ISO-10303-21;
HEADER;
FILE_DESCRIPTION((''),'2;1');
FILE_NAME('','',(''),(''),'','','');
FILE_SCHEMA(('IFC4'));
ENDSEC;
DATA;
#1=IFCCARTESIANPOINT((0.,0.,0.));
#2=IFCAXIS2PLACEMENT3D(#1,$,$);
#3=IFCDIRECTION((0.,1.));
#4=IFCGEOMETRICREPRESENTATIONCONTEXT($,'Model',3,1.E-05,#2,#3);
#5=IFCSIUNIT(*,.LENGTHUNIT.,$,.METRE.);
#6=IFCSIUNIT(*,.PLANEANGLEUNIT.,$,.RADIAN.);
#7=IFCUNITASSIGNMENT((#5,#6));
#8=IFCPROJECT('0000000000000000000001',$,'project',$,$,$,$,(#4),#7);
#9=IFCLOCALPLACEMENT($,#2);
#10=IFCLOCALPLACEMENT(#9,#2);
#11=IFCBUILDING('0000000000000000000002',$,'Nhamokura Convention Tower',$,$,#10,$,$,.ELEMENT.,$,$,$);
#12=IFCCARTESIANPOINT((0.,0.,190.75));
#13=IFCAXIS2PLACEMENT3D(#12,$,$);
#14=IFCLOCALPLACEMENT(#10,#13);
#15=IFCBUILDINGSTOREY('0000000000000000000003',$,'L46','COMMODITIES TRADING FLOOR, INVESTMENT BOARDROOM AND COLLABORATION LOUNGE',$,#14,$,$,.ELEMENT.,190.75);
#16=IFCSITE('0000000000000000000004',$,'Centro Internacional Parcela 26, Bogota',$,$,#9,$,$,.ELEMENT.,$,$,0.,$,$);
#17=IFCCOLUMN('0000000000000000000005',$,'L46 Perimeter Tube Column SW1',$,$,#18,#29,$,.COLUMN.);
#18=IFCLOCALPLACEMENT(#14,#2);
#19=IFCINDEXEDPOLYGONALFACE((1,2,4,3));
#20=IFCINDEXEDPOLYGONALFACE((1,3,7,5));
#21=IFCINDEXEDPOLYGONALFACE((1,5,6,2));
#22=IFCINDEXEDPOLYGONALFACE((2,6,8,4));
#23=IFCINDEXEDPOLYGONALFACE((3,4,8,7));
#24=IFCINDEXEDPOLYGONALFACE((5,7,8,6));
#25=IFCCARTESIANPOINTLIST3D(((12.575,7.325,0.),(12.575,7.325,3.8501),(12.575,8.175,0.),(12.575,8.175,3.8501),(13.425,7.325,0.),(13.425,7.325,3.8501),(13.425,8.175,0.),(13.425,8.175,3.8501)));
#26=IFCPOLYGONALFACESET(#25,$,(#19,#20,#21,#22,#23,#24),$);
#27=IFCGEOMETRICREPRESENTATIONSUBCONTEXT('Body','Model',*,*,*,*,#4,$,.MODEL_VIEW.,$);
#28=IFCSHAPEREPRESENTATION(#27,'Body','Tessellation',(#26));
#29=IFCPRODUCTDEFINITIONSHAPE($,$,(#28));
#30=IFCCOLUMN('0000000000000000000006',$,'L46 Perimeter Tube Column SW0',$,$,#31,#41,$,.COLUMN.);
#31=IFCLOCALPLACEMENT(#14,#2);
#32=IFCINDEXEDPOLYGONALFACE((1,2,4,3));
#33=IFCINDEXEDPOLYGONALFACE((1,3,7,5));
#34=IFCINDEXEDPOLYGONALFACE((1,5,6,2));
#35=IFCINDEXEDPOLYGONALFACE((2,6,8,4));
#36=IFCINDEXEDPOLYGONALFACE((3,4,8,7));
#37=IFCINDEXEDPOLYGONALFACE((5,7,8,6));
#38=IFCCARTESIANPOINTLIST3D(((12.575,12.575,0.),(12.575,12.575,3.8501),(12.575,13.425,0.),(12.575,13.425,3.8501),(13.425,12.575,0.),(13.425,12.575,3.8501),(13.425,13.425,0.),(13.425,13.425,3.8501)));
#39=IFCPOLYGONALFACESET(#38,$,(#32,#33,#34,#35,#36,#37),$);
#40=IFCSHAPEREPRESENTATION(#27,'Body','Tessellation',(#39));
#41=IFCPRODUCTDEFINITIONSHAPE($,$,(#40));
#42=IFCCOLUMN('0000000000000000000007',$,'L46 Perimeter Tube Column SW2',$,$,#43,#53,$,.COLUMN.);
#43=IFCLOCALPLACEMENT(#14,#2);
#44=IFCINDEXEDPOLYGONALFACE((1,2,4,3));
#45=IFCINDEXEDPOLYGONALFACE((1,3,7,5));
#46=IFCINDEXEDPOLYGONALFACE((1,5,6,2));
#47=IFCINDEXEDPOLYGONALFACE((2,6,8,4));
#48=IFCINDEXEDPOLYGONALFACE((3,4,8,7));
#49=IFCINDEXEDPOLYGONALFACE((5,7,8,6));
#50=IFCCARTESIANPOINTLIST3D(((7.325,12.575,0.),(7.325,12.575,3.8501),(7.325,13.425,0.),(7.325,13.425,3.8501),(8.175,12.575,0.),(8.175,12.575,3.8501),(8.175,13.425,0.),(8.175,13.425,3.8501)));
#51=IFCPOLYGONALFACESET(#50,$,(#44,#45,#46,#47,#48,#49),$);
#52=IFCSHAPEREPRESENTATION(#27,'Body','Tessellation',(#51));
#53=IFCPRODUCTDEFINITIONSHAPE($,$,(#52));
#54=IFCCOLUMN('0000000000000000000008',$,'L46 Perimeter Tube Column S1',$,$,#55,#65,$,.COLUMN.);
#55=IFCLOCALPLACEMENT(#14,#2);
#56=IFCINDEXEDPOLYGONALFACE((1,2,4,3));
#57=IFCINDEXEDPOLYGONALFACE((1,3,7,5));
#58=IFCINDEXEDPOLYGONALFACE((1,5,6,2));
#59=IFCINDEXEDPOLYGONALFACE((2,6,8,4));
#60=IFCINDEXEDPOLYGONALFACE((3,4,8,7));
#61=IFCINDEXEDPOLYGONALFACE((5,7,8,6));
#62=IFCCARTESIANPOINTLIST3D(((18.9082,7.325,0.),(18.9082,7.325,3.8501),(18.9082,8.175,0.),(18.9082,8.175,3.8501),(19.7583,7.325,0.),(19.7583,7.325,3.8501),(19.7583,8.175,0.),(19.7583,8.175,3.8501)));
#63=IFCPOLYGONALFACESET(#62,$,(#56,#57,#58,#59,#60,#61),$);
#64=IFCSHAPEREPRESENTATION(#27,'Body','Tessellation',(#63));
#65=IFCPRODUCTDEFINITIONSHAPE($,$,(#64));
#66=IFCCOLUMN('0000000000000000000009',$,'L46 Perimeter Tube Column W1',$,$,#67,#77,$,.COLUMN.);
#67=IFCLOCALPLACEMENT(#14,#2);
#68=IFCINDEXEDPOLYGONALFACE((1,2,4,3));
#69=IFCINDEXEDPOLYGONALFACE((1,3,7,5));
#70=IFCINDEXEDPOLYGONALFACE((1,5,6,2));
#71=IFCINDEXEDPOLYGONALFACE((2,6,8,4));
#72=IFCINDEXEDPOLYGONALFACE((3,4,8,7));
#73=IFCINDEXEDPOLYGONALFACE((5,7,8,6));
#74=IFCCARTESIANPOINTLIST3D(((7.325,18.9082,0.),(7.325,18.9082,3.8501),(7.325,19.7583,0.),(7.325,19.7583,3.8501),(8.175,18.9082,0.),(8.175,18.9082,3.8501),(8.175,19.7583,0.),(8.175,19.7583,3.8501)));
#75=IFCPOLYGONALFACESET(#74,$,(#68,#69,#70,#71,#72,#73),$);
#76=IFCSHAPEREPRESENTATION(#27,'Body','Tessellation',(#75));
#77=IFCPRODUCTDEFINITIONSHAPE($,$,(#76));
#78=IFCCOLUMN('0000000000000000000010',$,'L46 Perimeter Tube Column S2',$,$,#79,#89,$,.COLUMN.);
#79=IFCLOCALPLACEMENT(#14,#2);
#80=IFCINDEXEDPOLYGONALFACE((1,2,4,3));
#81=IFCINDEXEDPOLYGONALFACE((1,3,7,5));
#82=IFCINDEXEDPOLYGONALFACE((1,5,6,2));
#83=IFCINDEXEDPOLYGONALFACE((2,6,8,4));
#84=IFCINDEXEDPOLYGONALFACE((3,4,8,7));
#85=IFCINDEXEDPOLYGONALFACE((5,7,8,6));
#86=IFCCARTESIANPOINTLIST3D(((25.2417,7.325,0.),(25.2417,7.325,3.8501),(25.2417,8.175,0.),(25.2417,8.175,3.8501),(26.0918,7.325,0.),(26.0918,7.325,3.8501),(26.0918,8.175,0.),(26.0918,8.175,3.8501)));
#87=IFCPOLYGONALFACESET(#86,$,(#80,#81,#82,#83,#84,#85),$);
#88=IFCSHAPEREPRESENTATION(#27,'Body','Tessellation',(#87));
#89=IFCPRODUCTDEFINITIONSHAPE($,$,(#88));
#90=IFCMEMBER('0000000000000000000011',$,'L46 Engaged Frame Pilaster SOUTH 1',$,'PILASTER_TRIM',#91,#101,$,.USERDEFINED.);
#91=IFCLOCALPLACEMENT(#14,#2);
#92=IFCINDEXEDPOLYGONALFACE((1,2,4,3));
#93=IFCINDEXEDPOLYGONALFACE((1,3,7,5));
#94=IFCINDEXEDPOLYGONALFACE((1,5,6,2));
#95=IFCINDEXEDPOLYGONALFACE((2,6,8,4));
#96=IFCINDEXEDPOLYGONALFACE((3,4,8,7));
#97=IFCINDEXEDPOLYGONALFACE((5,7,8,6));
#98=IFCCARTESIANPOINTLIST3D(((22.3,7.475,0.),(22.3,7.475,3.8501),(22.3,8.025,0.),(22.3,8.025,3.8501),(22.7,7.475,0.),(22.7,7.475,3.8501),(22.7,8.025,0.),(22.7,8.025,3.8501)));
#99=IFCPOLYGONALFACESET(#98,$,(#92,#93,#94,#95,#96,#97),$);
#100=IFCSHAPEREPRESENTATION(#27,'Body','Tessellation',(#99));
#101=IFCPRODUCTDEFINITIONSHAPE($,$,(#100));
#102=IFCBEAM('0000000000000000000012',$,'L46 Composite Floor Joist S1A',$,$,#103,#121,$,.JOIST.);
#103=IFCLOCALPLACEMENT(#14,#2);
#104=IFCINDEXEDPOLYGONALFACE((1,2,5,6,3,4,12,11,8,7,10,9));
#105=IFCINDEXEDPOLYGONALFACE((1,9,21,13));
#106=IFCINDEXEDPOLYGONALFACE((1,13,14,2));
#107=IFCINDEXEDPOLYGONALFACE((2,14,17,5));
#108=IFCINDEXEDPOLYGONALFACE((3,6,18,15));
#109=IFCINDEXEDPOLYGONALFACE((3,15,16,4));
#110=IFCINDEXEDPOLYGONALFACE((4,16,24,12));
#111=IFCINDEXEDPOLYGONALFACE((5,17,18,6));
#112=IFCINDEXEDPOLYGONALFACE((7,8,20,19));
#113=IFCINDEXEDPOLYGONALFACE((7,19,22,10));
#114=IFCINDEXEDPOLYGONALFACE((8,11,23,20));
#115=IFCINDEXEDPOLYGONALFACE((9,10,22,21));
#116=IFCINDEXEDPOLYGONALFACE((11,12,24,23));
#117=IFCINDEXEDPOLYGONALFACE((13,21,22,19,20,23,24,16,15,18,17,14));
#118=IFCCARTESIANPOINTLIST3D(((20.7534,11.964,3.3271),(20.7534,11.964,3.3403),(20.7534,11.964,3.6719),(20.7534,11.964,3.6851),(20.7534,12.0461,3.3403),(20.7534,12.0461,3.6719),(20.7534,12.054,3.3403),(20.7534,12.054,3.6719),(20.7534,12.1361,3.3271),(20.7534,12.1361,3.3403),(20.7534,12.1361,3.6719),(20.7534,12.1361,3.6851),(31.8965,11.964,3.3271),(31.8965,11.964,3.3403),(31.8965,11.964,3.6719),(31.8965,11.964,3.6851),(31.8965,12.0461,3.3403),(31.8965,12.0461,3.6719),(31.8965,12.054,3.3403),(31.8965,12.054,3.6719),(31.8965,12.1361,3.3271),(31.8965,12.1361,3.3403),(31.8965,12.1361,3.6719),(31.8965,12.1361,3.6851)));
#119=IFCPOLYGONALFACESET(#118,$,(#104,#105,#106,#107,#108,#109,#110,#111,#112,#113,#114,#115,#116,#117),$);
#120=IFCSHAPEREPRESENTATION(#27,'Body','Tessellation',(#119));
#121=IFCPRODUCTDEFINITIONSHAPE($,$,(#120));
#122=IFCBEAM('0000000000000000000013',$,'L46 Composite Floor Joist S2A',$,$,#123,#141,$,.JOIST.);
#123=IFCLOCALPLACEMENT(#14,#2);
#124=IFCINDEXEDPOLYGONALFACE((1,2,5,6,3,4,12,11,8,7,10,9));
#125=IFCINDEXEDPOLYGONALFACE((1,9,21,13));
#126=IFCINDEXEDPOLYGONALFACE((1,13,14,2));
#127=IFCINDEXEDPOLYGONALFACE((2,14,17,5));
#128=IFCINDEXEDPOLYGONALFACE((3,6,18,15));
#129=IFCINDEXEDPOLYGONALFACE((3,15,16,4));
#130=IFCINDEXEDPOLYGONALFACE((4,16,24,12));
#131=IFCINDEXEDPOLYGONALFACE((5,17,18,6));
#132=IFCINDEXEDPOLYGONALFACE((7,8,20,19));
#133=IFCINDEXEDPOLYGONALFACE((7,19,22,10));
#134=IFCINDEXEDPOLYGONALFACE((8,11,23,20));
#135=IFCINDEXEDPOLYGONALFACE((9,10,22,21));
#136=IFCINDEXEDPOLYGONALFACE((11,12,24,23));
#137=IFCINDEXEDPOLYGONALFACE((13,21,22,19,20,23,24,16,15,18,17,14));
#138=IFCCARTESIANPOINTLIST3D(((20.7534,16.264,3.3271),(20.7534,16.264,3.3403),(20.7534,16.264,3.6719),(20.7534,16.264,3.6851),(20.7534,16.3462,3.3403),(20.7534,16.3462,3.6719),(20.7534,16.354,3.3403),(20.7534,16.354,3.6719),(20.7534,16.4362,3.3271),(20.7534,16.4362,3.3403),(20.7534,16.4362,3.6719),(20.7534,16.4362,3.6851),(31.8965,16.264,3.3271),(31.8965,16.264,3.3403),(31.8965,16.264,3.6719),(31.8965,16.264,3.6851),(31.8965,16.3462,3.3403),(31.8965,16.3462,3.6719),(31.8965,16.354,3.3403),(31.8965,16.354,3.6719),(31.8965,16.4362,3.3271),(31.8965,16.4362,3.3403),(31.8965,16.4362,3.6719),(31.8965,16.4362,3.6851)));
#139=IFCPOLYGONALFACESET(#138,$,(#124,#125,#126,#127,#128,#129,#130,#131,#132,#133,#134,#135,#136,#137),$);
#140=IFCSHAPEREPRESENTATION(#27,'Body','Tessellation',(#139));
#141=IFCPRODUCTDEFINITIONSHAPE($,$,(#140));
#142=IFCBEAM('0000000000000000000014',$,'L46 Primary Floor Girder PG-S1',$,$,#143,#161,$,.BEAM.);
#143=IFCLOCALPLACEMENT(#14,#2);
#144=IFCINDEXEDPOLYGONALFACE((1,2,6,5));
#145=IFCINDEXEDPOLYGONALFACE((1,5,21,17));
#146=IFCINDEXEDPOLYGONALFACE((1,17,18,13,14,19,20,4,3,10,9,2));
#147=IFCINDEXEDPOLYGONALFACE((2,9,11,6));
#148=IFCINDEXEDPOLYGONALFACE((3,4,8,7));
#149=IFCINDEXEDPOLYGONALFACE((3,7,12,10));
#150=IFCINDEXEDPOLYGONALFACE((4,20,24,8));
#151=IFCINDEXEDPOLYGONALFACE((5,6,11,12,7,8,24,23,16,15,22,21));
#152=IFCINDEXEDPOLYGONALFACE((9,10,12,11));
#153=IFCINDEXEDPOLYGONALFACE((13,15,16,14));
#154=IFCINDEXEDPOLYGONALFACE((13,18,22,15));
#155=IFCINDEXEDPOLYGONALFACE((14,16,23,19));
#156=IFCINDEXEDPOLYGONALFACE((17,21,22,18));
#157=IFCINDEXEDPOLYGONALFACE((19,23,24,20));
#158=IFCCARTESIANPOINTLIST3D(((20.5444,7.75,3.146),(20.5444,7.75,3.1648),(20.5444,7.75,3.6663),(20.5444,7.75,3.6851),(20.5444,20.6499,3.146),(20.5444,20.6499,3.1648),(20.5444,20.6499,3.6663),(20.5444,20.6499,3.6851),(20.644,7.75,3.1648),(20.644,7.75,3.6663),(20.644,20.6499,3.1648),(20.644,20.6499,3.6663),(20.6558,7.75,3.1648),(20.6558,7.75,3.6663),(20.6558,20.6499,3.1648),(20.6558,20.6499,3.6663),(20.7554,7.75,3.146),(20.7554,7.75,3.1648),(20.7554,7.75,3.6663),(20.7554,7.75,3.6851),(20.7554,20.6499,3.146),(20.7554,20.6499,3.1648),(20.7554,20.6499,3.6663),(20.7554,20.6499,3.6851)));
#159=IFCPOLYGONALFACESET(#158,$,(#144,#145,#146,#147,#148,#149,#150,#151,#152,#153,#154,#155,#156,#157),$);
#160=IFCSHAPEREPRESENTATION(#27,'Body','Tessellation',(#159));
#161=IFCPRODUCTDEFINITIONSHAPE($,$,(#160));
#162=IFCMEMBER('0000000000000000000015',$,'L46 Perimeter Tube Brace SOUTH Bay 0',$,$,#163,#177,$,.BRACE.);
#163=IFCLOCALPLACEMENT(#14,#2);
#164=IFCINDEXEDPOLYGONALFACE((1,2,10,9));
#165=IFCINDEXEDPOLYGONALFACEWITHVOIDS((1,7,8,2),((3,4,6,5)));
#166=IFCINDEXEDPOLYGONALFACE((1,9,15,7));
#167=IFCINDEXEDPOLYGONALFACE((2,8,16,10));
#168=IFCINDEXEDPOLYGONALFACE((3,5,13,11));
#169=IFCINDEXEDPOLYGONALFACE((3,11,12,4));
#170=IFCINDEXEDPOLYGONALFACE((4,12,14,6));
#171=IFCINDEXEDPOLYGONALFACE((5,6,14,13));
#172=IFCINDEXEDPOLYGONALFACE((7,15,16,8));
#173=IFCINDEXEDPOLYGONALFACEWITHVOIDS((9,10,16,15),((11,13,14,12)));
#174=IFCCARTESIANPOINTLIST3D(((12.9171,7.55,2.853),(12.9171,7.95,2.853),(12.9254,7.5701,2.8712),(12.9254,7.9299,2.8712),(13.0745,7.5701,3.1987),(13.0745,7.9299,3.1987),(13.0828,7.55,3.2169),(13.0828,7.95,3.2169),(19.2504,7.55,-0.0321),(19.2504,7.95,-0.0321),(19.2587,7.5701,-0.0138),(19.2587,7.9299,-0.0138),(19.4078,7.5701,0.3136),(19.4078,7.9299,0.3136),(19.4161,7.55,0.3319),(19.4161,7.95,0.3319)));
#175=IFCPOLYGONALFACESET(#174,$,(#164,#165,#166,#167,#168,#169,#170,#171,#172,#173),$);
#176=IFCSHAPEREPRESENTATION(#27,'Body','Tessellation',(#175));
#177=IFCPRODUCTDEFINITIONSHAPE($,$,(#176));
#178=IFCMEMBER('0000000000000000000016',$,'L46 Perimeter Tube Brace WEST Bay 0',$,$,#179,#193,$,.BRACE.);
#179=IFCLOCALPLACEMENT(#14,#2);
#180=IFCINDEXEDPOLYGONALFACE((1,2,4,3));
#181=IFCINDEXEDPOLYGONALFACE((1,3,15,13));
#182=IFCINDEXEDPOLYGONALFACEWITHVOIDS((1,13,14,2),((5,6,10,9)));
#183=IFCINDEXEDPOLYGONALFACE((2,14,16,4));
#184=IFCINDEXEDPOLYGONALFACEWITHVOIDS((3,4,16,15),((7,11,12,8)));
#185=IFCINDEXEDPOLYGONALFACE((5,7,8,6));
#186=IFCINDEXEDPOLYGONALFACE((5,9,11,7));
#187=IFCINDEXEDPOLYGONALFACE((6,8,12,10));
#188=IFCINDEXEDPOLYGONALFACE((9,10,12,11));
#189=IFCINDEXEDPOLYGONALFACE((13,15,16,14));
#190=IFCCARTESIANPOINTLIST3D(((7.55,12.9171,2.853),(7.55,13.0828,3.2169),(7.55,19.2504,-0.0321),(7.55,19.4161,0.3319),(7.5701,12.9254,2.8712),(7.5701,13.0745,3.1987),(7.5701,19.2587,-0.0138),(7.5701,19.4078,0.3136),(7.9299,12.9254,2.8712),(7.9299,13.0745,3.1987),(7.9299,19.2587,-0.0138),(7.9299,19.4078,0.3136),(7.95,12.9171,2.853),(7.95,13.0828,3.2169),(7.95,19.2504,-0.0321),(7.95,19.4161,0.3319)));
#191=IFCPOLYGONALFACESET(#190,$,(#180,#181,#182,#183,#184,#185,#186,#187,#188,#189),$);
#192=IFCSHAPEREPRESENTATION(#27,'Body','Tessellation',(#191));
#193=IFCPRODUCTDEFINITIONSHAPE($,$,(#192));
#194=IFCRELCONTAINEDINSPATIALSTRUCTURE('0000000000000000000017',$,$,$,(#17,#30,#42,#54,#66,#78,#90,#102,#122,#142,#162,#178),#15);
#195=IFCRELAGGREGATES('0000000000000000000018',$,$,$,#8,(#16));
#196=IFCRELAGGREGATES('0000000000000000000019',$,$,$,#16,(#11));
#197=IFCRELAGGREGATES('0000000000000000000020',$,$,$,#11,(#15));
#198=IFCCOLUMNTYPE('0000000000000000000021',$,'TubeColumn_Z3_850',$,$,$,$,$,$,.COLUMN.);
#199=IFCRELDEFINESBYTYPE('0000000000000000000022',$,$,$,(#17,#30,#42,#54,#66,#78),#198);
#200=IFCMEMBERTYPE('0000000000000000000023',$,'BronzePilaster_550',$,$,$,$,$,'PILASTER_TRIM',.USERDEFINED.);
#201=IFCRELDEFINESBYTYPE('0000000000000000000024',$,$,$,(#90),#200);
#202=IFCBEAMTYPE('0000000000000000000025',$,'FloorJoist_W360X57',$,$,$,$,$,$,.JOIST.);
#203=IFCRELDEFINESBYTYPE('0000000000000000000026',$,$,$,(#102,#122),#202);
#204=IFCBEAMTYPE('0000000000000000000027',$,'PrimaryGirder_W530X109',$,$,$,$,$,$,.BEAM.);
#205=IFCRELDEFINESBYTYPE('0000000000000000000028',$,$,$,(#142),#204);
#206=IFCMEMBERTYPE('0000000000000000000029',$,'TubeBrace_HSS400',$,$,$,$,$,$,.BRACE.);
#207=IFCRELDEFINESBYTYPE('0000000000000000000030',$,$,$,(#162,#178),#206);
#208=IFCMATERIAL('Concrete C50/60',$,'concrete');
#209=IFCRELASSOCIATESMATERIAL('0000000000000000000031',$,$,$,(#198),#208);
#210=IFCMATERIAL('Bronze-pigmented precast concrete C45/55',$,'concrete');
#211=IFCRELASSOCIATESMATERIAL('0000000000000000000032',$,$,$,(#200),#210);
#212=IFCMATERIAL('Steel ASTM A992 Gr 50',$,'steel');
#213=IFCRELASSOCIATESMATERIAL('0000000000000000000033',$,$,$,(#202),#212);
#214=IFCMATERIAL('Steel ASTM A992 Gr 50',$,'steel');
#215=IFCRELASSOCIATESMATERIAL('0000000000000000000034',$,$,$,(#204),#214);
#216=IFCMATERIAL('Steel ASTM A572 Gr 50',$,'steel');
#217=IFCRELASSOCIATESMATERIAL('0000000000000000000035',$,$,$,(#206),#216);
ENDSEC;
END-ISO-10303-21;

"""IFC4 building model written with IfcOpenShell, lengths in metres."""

from ifc_helpers import new_model, si_unit, direction, frame, origin, origin_2d, place, context, subcontext, project, spatial, rectangle, hollow_rectangle, i_section, extrude, material, material_profile, profile_set, type_object, element, save


model = new_model("IFC4")

# Units and contexts
model_context = context("Model", 3, precision=1e-05, world=origin(), true_north=direction((0.0, 1.0)))
body_context = subcontext(model_context, "Body", "Model", "MODEL_VIEW")
ifc_project = project(units=[si_unit("LENGTHUNIT", "METRE"), si_unit("PLANEANGLEUNIT", "RADIAN")], contexts=[model_context])

# Site, building, storey
site_placement = place(None, origin())
site = spatial("IfcSite", under=ifc_project, at=site_placement, Name="Centro Internacional Parcela 26, Bogota", CompositionType="ELEMENT", RefElevation=0.0)
building_placement = place(site_placement, origin())
building = spatial("IfcBuilding", under=site, at=building_placement, Name="Nhamokura Convention Tower", CompositionType="ELEMENT")
storey_placement = place(building_placement, frame((0.0, 0.0, 190.75)))
storey = spatial("IfcBuildingStorey", under=building, at=storey_placement, Name="L46", Description="COMMODITIES TRADING FLOOR, INVESTMENT BOARDROOM AND COLLABORATION LOUNGE", CompositionType="ELEMENT", Elevation=190.75)

# Columns
ifc_material_1 = material(Name="Concrete C50/60", Category="concrete")
ifc_material_profile_1 = material_profile(ifc_material_1, rectangle(XDim=0.8501, YDim=0.8501, at=origin_2d()))
ifc_profile_set_1 = profile_set([ifc_material_profile_1], Name="Concrete C50/60")
column_type = type_object("IfcColumnType", Name="TubeColumn_Z3_850", PredefinedType="COLUMN", material=ifc_profile_set_1)
for number, where, z_axis, x_axis, name in (
    (1, (13.0, 7.75, 0.0), (0.0, 0.0, 1.0), (1.0, 0.0, 0.0), "L46 Perimeter Tube Column SW1"),
    (2, (13.0, 13.0, 0.0), (0.0, 0.0, 1.0), (1.0, 0.0, 0.0), "L46 Perimeter Tube Column SW0"),
    (3, (7.75, 13.0, 0.0), (0.0, 0.0, 1.0), (1.0, 0.0, 0.0), "L46 Perimeter Tube Column SW2"),
    (4, (19.3333, 7.75, 0.0), (0.0, 0.0, 1.0), (1.0, 0.0, 0.0), "L46 Perimeter Tube Column S1"),
    (5, (7.75, 19.3333, 0.0), (0.0, 0.0, 1.0), (1.0, 0.0, 0.0), "L46 Perimeter Tube Column W1"),
    (6, (25.6667, 7.75, 0.0), (0.0, 0.0, 1.0), (1.0, 0.0, 0.0), "L46 Perimeter Tube Column S2"),
):
    element("IfcColumn", number, at=place(storey_placement, frame(where, z_axis=z_axis, x_axis=x_axis)), inside=storey, type_object=column_type, Name=name, PredefinedType="COLUMN", context=body_context, shape_type="SweptSolid", body=[
        extrude(rectangle(XDim=0.8501, YDim=0.8501, at=origin_2d()), origin(), (0.0, 0.0, 1.0), 3.8501),
    ])

# Member
ifc_material_2 = material(Name="Bronze-pigmented precast concrete C45/55", Category="concrete")
ifc_material_profile_2 = material_profile(ifc_material_2, rectangle(XDim=0.3999, YDim=0.55, at=origin_2d()))
ifc_profile_set_2 = profile_set([ifc_material_profile_2], Name="Bronze-pigmented precast concrete C45/55")
member_type_1 = type_object("IfcMemberType", Name="BronzePilaster_550", ElementType="PILASTER_TRIM", PredefinedType="USERDEFINED", material=ifc_profile_set_2)
member_placement = place(storey_placement, frame((22.5, 7.75, 0.0), z_axis=(0.0, 0.0, 1.0), x_axis=(1.0, 0.0, 0.0)))
element("IfcMember", 7, at=member_placement, inside=storey, type_object=member_type_1, Name="L46 Engaged Frame Pilaster SOUTH 1", ObjectType="PILASTER_TRIM", PredefinedType="USERDEFINED", context=body_context, shape_type="SweptSolid", body=[
    extrude(rectangle(XDim=0.3999, YDim=0.55, at=origin_2d()), origin(), (0.0, 0.0, 1.0), 3.8501),
])

# Beams
ifc_material_3 = material(Name="Steel ASTM A992 Gr 50", Category="steel")
ifc_material_profile_3 = material_profile(ifc_material_3, i_section(OverallWidth=0.1721, OverallDepth=0.3579, WebThickness=0.0078, FlangeThickness=0.0132, at=origin_2d()))
ifc_profile_set_3 = profile_set([ifc_material_profile_3], Name="Steel ASTM A992 Gr 50")
beam_type_1 = type_object("IfcBeamType", Name="FloorJoist_W360X57", PredefinedType="JOIST", material=ifc_profile_set_3)
for number, where, z_axis, x_axis, name in (
    (8, (20.7534, 12.05, 3.5061), (1.0, 0.0, 0.0), (0.0, 1.0, 0.0), "L46 Composite Floor Joist S1A"),
    (9, (20.7534, 16.3501, 3.5061), (1.0, 0.0, 0.0), (0.0, 1.0, 0.0), "L46 Composite Floor Joist S2A"),
):
    element("IfcBeam", number, at=place(storey_placement, frame(where, z_axis=z_axis, x_axis=x_axis)), inside=storey, type_object=beam_type_1, Name=name, PredefinedType="JOIST", context=body_context, shape_type="SweptSolid", body=[
        extrude(i_section(OverallWidth=0.1721, OverallDepth=0.3579, WebThickness=0.0078, FlangeThickness=0.0132, at=origin_2d()), origin(), (0.0, 0.0, 1.0), 11.1431),
    ])
ifc_material_4 = material(Name="Steel ASTM A992 Gr 50", Category="steel")
ifc_material_profile_4 = material_profile(ifc_material_4, i_section(OverallWidth=0.2109, OverallDepth=0.5391, WebThickness=0.0117, FlangeThickness=0.0188, at=origin_2d()))
ifc_profile_set_4 = profile_set([ifc_material_profile_4], Name="Steel ASTM A992 Gr 50")
beam_type_2 = type_object("IfcBeamType", Name="PrimaryGirder_W530X109", PredefinedType="BEAM", material=ifc_profile_set_4)
beam_1_placement = place(storey_placement, frame((20.6499, 7.75, 3.4155), z_axis=(0.0, 1.0, 0.0), x_axis=(-1.0, 0.0, 0.0)))
element("IfcBeam", 10, at=beam_1_placement, inside=storey, type_object=beam_type_2, Name="L46 Primary Floor Girder PG-S1", PredefinedType="BEAM", context=body_context, shape_type="SweptSolid", body=[
    extrude(i_section(OverallWidth=0.2109, OverallDepth=0.5391, WebThickness=0.0117, FlangeThickness=0.0188, at=origin_2d()), origin(), (0.0, 0.0, 1.0), 12.8999),
])

# Members
ifc_material_5 = material(Name="Steel ASTM A572 Gr 50", Category="steel")
ifc_material_profile_5 = material_profile(ifc_material_5, hollow_rectangle(XDim=0.3999, YDim=0.3999, WallThickness=0.02, at=origin_2d()))
ifc_profile_set_5 = profile_set([ifc_material_profile_5], Name="Steel ASTM A572 Gr 50")
member_type_2 = type_object("IfcMemberType", Name="TubeBrace_HSS400", PredefinedType="BRACE", material=ifc_profile_set_5)
for number, where, z_axis, x_axis, name in (
    (11, (19.3333, 7.75, 0.1499), (-0.910027, 0.0, 0.414548), (0.0, -1.0, 0.0), "L46 Perimeter Tube Brace SOUTH Bay 0"),
    (12, (7.75, 19.3333, 0.1499), (0.0, -0.910027, 0.414548), (1.0, 0.0, 0.0), "L46 Perimeter Tube Brace WEST Bay 0"),
):
    element("IfcMember", number, at=place(storey_placement, frame(where, z_axis=z_axis, x_axis=x_axis)), inside=storey, type_object=member_type_2, Name=name, PredefinedType="BRACE", context=body_context, shape_type="SweptSolid", body=[
        extrude(hollow_rectangle(XDim=0.3999, YDim=0.3999, WallThickness=0.02, at=origin_2d()), origin(), (0.0, 0.0, 1.0), 6.9595),
    ])

save(model, "model.ifc")
